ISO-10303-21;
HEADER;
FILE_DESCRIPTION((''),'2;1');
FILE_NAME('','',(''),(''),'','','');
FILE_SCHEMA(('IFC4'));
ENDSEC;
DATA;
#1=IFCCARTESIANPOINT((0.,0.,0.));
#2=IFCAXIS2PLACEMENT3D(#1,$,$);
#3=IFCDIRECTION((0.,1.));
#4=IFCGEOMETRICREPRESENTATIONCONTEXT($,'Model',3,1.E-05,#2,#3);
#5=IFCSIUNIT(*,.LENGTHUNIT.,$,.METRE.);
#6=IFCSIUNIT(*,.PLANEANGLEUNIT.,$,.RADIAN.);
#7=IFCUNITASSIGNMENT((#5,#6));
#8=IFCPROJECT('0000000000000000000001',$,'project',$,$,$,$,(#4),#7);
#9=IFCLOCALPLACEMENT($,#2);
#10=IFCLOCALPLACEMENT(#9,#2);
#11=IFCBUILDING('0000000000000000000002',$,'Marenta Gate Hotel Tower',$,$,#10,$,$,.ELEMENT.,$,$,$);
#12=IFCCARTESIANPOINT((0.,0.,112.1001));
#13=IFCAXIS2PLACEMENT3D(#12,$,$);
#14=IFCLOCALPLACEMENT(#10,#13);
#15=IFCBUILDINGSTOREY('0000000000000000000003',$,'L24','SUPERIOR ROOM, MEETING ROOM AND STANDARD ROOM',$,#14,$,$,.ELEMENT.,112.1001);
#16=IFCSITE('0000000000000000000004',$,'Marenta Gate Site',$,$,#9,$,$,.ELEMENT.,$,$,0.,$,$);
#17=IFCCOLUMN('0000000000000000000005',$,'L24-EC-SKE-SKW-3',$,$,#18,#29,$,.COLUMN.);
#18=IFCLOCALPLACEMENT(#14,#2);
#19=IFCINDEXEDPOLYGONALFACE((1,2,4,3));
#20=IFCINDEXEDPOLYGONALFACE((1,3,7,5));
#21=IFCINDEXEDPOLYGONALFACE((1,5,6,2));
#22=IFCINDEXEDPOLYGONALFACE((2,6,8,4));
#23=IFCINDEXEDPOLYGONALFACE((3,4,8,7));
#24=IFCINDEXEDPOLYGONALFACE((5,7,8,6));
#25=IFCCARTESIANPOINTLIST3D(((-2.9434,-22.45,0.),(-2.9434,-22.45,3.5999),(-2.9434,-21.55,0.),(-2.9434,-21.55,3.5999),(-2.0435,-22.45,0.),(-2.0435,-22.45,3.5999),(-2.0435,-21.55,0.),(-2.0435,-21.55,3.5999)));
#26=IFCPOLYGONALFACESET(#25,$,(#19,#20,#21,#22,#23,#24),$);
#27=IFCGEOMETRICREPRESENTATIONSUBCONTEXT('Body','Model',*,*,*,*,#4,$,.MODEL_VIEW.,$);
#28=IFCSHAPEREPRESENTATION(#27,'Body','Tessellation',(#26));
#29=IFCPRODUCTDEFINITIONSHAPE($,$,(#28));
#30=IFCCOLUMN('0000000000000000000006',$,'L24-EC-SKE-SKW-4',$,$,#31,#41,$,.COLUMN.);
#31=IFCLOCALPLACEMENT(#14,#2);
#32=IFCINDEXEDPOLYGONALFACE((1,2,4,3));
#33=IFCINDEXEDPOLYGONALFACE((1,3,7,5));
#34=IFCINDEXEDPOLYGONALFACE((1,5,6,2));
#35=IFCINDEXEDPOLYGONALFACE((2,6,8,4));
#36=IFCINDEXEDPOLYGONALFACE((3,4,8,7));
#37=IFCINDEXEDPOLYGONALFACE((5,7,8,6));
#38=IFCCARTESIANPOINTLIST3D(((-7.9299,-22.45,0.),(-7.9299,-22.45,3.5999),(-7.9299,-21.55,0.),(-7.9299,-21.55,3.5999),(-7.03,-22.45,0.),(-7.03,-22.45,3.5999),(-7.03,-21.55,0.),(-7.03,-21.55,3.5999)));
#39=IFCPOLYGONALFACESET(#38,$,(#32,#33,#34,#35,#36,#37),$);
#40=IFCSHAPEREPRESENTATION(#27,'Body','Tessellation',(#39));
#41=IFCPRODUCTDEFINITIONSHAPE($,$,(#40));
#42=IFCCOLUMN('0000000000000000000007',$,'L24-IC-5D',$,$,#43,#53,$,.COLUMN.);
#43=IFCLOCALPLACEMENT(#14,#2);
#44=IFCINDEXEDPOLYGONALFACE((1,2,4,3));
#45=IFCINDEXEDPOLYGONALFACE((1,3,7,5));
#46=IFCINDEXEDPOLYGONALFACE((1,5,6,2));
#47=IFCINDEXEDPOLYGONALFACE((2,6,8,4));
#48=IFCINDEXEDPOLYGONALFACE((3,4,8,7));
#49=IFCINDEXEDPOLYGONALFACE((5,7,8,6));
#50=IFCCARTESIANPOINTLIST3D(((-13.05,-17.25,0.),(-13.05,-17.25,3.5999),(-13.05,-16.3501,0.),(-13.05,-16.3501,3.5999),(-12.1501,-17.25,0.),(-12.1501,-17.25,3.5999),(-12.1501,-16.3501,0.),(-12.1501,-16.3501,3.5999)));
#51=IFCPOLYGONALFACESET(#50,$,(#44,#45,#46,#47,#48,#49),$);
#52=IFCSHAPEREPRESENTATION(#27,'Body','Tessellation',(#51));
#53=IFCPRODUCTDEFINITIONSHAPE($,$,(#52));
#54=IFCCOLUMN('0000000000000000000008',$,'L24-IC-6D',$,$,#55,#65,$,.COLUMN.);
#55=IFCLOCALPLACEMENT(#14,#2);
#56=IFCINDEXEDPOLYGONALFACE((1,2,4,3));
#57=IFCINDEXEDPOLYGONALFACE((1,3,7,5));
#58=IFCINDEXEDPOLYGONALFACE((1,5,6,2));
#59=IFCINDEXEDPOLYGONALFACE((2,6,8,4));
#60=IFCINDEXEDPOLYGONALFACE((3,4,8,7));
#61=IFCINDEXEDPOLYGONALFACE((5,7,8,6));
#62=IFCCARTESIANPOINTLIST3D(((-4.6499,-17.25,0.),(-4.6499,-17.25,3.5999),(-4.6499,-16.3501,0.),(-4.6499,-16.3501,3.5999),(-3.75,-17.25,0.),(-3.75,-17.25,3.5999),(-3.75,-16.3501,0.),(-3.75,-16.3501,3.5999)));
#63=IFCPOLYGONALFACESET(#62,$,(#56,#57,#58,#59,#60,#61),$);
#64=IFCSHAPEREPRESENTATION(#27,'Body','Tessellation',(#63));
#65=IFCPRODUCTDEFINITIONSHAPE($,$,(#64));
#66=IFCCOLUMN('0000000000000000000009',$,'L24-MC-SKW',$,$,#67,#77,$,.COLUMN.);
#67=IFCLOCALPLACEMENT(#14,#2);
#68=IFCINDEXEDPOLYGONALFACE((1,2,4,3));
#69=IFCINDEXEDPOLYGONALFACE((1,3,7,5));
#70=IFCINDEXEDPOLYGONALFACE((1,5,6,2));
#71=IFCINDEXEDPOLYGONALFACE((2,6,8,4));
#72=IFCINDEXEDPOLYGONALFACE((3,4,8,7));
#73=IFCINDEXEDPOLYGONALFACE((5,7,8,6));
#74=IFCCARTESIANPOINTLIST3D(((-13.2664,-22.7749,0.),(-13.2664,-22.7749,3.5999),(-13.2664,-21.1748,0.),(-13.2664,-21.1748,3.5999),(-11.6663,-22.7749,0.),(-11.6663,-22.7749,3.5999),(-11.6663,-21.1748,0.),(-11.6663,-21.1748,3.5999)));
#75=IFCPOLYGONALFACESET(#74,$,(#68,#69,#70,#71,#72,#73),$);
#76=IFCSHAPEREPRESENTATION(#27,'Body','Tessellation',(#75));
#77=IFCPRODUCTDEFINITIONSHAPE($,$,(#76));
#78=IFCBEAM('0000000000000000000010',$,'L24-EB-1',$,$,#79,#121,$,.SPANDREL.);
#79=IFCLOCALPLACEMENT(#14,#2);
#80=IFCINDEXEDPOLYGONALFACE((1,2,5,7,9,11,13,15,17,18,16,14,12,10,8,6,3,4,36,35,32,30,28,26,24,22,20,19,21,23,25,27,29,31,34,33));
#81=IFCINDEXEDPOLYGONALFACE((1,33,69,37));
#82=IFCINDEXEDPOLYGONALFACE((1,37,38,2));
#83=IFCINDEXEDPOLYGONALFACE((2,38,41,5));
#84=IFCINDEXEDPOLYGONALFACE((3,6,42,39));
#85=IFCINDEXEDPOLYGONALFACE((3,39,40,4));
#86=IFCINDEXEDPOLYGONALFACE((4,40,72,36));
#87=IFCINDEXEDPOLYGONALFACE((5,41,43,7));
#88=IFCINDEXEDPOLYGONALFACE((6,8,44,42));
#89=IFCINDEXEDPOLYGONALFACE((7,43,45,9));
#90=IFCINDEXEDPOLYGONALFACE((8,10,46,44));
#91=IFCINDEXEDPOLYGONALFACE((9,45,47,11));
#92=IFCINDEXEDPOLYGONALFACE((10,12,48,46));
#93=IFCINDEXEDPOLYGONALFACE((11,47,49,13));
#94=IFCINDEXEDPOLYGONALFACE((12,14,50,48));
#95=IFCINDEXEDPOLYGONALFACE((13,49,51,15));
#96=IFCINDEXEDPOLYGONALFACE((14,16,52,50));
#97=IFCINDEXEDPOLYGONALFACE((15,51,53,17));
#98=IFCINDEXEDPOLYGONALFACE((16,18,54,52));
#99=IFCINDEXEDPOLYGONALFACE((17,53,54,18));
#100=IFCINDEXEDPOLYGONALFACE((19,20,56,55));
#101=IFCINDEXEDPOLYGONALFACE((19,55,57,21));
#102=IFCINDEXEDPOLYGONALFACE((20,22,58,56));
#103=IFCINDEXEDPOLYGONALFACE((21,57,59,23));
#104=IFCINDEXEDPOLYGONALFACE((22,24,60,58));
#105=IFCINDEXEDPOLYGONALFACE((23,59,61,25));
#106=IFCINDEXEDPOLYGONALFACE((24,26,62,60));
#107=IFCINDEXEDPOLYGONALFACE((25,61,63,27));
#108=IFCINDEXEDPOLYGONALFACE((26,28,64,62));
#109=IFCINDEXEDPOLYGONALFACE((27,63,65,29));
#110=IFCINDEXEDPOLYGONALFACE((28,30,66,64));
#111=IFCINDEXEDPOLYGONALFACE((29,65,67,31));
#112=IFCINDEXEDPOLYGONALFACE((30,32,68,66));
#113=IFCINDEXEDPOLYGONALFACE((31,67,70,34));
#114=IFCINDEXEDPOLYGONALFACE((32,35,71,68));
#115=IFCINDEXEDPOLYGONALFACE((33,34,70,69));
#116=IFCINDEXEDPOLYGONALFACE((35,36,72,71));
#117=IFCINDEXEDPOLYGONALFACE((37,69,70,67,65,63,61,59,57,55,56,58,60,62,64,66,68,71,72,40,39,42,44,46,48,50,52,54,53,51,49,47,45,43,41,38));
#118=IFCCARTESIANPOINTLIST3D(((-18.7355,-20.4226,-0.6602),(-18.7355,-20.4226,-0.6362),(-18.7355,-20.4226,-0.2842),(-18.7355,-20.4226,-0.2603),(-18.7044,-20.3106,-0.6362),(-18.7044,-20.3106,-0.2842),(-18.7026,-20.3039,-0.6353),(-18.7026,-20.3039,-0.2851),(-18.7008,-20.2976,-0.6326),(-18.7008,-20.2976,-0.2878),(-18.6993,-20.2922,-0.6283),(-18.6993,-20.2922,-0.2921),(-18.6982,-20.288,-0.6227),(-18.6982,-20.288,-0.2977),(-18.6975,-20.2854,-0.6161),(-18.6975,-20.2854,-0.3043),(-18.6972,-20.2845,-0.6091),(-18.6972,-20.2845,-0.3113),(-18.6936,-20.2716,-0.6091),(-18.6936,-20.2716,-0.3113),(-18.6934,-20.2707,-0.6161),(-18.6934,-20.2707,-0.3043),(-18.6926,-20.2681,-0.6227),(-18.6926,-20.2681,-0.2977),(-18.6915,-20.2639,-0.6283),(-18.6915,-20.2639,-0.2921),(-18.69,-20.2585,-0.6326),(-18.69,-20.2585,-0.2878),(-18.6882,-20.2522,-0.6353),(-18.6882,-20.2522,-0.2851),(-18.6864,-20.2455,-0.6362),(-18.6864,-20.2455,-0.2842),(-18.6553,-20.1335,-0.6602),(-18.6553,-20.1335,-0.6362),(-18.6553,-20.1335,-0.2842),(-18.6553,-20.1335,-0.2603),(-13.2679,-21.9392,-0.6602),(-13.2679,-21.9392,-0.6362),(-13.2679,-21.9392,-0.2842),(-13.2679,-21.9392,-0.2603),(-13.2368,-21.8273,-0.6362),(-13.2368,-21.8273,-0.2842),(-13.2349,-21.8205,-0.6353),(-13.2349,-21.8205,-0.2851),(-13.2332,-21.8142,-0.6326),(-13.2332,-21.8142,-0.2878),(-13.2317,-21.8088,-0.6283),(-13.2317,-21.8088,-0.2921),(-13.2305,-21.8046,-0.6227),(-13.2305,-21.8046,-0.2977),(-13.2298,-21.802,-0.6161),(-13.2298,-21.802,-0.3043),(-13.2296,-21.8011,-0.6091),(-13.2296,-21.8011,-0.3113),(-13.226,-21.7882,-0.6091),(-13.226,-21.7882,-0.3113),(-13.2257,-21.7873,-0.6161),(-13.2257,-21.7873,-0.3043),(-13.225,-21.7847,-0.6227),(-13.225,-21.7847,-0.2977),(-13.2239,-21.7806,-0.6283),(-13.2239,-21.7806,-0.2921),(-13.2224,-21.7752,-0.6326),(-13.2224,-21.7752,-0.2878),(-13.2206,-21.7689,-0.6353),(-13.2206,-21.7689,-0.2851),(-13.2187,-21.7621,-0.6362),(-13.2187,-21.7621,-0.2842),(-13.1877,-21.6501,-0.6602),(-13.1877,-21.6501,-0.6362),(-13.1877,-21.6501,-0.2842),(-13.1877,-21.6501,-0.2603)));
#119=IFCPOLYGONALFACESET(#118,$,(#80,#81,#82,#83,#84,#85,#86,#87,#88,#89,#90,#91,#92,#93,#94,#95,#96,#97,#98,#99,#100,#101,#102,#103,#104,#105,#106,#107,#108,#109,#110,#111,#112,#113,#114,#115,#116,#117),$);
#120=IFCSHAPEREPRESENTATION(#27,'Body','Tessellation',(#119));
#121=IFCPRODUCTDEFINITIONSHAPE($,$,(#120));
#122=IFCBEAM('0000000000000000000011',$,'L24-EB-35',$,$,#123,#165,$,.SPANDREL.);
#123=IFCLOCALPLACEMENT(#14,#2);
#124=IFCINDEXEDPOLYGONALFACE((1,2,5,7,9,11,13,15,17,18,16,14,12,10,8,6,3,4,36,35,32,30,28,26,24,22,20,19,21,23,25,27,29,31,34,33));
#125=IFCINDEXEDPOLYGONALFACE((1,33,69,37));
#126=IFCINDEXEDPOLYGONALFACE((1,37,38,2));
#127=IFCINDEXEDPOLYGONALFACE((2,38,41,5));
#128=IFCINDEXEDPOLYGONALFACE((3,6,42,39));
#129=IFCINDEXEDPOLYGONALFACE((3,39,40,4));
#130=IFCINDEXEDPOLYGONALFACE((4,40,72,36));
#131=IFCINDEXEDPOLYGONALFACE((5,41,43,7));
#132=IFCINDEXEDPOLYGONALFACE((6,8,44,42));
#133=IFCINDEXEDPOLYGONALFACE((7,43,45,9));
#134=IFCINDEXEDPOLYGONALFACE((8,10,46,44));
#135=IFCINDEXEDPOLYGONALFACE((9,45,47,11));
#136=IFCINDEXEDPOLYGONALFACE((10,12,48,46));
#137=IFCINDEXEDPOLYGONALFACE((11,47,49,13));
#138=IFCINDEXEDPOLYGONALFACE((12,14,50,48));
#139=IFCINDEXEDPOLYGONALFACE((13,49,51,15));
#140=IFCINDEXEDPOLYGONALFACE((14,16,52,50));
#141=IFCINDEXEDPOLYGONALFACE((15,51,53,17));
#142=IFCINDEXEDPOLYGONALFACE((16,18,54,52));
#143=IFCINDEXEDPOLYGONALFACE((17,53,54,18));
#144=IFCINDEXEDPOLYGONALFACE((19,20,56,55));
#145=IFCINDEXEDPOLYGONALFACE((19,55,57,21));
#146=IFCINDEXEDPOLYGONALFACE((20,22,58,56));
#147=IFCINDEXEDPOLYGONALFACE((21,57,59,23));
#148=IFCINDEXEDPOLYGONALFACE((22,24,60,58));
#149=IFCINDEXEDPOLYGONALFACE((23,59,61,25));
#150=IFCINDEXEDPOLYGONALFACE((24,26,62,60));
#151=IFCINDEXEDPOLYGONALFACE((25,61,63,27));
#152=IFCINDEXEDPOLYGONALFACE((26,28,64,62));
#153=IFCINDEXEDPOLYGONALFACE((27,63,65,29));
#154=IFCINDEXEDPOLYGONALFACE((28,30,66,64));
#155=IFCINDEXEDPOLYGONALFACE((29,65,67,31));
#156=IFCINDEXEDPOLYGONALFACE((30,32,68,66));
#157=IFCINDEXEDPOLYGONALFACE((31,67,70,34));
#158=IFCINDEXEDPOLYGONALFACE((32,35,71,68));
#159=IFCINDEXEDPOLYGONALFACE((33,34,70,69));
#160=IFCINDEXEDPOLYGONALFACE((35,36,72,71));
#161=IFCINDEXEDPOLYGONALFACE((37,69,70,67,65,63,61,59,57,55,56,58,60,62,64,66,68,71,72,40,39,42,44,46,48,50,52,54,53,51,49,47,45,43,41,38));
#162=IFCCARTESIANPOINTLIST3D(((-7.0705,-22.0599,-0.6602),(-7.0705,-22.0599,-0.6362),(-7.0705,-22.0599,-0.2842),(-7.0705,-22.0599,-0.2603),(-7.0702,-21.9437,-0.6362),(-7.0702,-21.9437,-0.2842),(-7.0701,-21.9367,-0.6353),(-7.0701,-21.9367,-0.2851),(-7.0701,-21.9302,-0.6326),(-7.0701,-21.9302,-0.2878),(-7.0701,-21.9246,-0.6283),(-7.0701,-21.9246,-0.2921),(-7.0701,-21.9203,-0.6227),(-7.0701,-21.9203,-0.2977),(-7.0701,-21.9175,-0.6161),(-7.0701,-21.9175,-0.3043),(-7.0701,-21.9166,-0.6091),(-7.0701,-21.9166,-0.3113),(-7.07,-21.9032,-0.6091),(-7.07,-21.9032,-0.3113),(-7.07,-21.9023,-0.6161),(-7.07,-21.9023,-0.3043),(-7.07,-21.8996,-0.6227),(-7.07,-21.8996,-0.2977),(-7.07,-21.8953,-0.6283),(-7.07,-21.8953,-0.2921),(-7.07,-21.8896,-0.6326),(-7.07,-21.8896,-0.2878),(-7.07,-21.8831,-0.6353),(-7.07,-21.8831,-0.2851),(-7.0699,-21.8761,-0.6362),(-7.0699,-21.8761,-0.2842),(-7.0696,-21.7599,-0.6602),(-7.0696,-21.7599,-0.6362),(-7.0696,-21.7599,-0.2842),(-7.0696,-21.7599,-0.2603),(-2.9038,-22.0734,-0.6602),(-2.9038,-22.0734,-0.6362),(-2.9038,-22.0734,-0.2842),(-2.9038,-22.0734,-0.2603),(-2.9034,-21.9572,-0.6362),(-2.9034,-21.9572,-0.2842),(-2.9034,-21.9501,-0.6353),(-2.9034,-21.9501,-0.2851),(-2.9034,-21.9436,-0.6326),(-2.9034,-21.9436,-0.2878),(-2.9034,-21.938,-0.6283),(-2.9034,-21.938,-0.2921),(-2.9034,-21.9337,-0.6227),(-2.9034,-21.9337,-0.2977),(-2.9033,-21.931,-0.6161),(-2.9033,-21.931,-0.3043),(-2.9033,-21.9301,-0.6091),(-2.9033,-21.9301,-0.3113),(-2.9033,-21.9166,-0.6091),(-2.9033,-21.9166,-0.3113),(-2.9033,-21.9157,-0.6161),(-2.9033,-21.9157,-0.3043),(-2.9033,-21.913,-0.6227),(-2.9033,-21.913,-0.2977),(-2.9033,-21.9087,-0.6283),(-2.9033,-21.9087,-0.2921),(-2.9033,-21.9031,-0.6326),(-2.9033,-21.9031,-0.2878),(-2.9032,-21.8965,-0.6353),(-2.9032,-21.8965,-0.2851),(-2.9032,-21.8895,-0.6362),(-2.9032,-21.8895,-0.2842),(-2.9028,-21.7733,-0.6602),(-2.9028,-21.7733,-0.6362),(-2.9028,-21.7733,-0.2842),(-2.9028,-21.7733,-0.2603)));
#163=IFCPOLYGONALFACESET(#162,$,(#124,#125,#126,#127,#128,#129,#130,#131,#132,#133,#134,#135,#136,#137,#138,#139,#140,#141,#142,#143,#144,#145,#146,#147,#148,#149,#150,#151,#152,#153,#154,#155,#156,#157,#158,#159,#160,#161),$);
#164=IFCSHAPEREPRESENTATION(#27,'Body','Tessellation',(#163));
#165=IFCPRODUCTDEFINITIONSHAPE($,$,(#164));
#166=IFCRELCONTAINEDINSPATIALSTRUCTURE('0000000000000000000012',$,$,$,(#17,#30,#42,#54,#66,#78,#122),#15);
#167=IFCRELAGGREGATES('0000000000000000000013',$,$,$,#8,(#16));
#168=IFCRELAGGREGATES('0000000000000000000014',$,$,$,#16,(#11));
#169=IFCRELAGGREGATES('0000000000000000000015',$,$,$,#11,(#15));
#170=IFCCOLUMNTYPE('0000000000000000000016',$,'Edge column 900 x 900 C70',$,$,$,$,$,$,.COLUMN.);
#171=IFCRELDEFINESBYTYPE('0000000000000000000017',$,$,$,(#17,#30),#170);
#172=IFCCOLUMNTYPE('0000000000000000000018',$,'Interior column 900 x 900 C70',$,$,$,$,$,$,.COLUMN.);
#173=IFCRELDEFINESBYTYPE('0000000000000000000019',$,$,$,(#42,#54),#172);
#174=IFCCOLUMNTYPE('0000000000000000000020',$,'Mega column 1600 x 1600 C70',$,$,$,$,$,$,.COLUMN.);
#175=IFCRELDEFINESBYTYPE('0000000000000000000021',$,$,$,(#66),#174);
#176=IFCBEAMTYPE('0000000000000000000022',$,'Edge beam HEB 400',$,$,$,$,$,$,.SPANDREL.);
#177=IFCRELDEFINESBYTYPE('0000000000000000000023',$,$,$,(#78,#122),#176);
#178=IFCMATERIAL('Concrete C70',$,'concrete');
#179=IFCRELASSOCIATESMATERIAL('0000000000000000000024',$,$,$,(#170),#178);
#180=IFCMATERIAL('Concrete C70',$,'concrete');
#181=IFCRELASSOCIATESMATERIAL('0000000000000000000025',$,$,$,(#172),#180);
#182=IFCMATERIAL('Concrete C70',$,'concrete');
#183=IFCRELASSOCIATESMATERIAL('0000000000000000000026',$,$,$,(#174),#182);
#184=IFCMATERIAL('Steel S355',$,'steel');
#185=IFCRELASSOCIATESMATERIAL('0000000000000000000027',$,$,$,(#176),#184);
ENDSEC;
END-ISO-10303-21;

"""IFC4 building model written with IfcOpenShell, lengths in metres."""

from ifc_helpers import new_model, si_unit, direction, frame, origin, origin_2d, place, context, subcontext, project, spatial, rectangle, i_section, extrude, material, material_profile, profile_set, type_object, element, save


model = new_model("IFC4")

# Units and contexts
model_context = context("Model", 3, precision=1e-05, world=origin(), true_north=direction((0.0, 1.0)))
body_context = subcontext(model_context, "Body", "Model", "MODEL_VIEW")
ifc_project = project(units=[si_unit("LENGTHUNIT", "METRE"), si_unit("PLANEANGLEUNIT", "RADIAN")], contexts=[model_context])

# Site, building, storey
site_placement = place(None, origin())
site = spatial("IfcSite", under=ifc_project, at=site_placement, Name="Marenta Gate Site", CompositionType="ELEMENT", RefElevation=0.0)
building_placement = place(site_placement, origin())
building = spatial("IfcBuilding", under=site, at=building_placement, Name="Marenta Gate Hotel Tower", CompositionType="ELEMENT")
storey_placement = place(building_placement, frame((0.0, 0.0, 112.1001)))
storey = spatial("IfcBuildingStorey", under=building, at=storey_placement, Name="L24", Description="SUPERIOR ROOM, MEETING ROOM AND STANDARD ROOM", CompositionType="ELEMENT", Elevation=112.1001)

# Columns
ifc_material_1 = material(Name="Concrete C70", Category="concrete")
ifc_material_profile_1 = material_profile(ifc_material_1, rectangle(XDim=0.8999, YDim=0.8999, at=origin_2d()), Name="900 x 900")
ifc_profile_set_1 = profile_set([ifc_material_profile_1], Name="Concrete C70")
column_type_1 = type_object("IfcColumnType", Name="Edge column 900 x 900 C70", PredefinedType="COLUMN", material=ifc_profile_set_1)
for number, where, z_axis, x_axis, name in (
    (1, (-2.4934, -22.0, 0.0), (0.0, 0.0, 1.0), (1.0, 0.0, 0.0), "L24-EC-SKE-SKW-3"),
    (2, (-7.48, -22.0, 0.0), (0.0, 0.0, 1.0), (1.0, 0.0, 0.0), "L24-EC-SKE-SKW-4"),
):
    element("IfcColumn", number, at=place(storey_placement, frame(where, z_axis=z_axis, x_axis=x_axis)), inside=storey, type_object=column_type_1, Name=name, PredefinedType="COLUMN", context=body_context, shape_type="SweptSolid", body=[
        extrude(rectangle(XDim=0.8999, YDim=0.8999, at=origin_2d()), origin(), (0.0, 0.0, 1.0), 3.5999),
    ])
ifc_material_2 = material(Name="Concrete C70", Category="concrete")
ifc_material_profile_2 = material_profile(ifc_material_2, rectangle(XDim=0.8999, YDim=0.8999, at=origin_2d()), Name="900 x 900")
ifc_profile_set_2 = profile_set([ifc_material_profile_2], Name="Concrete C70")
column_type_2 = type_object("IfcColumnType", Name="Interior column 900 x 900 C70", PredefinedType="COLUMN", material=ifc_profile_set_2)
for number, where, z_axis, x_axis, name in (
    (3, (-12.6001, -16.8, 0.0), (0.0, 0.0, 1.0), (1.0, 0.0, 0.0), "L24-IC-5D"),
    (4, (-4.2, -16.8, 0.0), (0.0, 0.0, 1.0), (1.0, 0.0, 0.0), "L24-IC-6D"),
):
    element("IfcColumn", number, at=place(storey_placement, frame(where, z_axis=z_axis, x_axis=x_axis)), inside=storey, type_object=column_type_2, Name=name, PredefinedType="COLUMN", context=body_context, shape_type="SweptSolid", body=[
        extrude(rectangle(XDim=0.8999, YDim=0.8999, at=origin_2d()), origin(), (0.0, 0.0, 1.0), 3.5999),
    ])
ifc_material_3 = material(Name="Concrete C70", Category="concrete")
ifc_material_profile_3 = material_profile(ifc_material_3, rectangle(XDim=1.6001, YDim=1.6001, at=origin_2d()), Name="1600 x 1600")
ifc_profile_set_3 = profile_set([ifc_material_profile_3], Name="Concrete C70")
column_type_3 = type_object("IfcColumnType", Name="Mega column 1600 x 1600 C70", PredefinedType="COLUMN", material=ifc_profile_set_3)
column_placement = place(storey_placement, frame((-12.4663, -21.9749, 0.0), z_axis=(0.0, 0.0, 1.0), x_axis=(1.0, 0.0, 0.0)))
element("IfcColumn", 5, at=column_placement, inside=storey, type_object=column_type_3, Name="L24-MC-SKW", PredefinedType="COLUMN", context=body_context, shape_type="SweptSolid", body=[
    extrude(rectangle(XDim=1.6001, YDim=1.6001, at=origin_2d()), origin(), (0.0, 0.0, 1.0), 3.5999),
])

# Beams
ifc_material_4 = material(Name="Steel S355", Category="steel")
ifc_material_profile_4 = material_profile(ifc_material_4, i_section(OverallWidth=0.3, OverallDepth=0.3999, WebThickness=0.0134, FlangeThickness=0.0239, FilletRadius=0.0271, at=origin_2d()), Name="HEB 400")
ifc_profile_set_4 = profile_set([ifc_material_profile_4], Name="Steel S355")
beam_type_1 = type_object("IfcBeamType", Name="Edge beam HEB 400", PredefinedType="SPANDREL", material=ifc_profile_set_4)
beam_1_placement = place(storey_placement, frame((-13.2278, -21.7947, -0.4602), z_axis=(-0.963616, 0.267291, 0.0), x_axis=(-0.267291, -0.963616, 0.0)))
element("IfcBeam", 6, at=beam_1_placement, inside=storey, type_object=beam_type_1, Name="L24-EB-1", PredefinedType="SPANDREL", context=body_context, shape_type="SweptSolid", body=[
    extrude(i_section(OverallWidth=0.3, OverallDepth=0.3999, WebThickness=0.0134, FlangeThickness=0.0239, FilletRadius=0.0271, at=origin_2d()), origin(), (0.0, 0.0, 1.0), 5.6741),
])
beam_2_placement = place(storey_placement, frame((-2.9033, -21.9233, -0.4602), z_axis=(-0.999995, 0.003223, 0.0), x_axis=(-0.003223, -0.999995, 0.0)))
element("IfcBeam", 7, at=beam_2_placement, inside=storey, type_object=beam_type_1, Name="L24-EB-35", PredefinedType="SPANDREL", context=body_context, shape_type="SweptSolid", body=[
    extrude(i_section(OverallWidth=0.3, OverallDepth=0.3999, WebThickness=0.0134, FlangeThickness=0.0239, FilletRadius=0.0271, at=origin_2d()), origin(), (0.0, 0.0, 1.0), 4.1667),
])

save(model, "model.ifc")
